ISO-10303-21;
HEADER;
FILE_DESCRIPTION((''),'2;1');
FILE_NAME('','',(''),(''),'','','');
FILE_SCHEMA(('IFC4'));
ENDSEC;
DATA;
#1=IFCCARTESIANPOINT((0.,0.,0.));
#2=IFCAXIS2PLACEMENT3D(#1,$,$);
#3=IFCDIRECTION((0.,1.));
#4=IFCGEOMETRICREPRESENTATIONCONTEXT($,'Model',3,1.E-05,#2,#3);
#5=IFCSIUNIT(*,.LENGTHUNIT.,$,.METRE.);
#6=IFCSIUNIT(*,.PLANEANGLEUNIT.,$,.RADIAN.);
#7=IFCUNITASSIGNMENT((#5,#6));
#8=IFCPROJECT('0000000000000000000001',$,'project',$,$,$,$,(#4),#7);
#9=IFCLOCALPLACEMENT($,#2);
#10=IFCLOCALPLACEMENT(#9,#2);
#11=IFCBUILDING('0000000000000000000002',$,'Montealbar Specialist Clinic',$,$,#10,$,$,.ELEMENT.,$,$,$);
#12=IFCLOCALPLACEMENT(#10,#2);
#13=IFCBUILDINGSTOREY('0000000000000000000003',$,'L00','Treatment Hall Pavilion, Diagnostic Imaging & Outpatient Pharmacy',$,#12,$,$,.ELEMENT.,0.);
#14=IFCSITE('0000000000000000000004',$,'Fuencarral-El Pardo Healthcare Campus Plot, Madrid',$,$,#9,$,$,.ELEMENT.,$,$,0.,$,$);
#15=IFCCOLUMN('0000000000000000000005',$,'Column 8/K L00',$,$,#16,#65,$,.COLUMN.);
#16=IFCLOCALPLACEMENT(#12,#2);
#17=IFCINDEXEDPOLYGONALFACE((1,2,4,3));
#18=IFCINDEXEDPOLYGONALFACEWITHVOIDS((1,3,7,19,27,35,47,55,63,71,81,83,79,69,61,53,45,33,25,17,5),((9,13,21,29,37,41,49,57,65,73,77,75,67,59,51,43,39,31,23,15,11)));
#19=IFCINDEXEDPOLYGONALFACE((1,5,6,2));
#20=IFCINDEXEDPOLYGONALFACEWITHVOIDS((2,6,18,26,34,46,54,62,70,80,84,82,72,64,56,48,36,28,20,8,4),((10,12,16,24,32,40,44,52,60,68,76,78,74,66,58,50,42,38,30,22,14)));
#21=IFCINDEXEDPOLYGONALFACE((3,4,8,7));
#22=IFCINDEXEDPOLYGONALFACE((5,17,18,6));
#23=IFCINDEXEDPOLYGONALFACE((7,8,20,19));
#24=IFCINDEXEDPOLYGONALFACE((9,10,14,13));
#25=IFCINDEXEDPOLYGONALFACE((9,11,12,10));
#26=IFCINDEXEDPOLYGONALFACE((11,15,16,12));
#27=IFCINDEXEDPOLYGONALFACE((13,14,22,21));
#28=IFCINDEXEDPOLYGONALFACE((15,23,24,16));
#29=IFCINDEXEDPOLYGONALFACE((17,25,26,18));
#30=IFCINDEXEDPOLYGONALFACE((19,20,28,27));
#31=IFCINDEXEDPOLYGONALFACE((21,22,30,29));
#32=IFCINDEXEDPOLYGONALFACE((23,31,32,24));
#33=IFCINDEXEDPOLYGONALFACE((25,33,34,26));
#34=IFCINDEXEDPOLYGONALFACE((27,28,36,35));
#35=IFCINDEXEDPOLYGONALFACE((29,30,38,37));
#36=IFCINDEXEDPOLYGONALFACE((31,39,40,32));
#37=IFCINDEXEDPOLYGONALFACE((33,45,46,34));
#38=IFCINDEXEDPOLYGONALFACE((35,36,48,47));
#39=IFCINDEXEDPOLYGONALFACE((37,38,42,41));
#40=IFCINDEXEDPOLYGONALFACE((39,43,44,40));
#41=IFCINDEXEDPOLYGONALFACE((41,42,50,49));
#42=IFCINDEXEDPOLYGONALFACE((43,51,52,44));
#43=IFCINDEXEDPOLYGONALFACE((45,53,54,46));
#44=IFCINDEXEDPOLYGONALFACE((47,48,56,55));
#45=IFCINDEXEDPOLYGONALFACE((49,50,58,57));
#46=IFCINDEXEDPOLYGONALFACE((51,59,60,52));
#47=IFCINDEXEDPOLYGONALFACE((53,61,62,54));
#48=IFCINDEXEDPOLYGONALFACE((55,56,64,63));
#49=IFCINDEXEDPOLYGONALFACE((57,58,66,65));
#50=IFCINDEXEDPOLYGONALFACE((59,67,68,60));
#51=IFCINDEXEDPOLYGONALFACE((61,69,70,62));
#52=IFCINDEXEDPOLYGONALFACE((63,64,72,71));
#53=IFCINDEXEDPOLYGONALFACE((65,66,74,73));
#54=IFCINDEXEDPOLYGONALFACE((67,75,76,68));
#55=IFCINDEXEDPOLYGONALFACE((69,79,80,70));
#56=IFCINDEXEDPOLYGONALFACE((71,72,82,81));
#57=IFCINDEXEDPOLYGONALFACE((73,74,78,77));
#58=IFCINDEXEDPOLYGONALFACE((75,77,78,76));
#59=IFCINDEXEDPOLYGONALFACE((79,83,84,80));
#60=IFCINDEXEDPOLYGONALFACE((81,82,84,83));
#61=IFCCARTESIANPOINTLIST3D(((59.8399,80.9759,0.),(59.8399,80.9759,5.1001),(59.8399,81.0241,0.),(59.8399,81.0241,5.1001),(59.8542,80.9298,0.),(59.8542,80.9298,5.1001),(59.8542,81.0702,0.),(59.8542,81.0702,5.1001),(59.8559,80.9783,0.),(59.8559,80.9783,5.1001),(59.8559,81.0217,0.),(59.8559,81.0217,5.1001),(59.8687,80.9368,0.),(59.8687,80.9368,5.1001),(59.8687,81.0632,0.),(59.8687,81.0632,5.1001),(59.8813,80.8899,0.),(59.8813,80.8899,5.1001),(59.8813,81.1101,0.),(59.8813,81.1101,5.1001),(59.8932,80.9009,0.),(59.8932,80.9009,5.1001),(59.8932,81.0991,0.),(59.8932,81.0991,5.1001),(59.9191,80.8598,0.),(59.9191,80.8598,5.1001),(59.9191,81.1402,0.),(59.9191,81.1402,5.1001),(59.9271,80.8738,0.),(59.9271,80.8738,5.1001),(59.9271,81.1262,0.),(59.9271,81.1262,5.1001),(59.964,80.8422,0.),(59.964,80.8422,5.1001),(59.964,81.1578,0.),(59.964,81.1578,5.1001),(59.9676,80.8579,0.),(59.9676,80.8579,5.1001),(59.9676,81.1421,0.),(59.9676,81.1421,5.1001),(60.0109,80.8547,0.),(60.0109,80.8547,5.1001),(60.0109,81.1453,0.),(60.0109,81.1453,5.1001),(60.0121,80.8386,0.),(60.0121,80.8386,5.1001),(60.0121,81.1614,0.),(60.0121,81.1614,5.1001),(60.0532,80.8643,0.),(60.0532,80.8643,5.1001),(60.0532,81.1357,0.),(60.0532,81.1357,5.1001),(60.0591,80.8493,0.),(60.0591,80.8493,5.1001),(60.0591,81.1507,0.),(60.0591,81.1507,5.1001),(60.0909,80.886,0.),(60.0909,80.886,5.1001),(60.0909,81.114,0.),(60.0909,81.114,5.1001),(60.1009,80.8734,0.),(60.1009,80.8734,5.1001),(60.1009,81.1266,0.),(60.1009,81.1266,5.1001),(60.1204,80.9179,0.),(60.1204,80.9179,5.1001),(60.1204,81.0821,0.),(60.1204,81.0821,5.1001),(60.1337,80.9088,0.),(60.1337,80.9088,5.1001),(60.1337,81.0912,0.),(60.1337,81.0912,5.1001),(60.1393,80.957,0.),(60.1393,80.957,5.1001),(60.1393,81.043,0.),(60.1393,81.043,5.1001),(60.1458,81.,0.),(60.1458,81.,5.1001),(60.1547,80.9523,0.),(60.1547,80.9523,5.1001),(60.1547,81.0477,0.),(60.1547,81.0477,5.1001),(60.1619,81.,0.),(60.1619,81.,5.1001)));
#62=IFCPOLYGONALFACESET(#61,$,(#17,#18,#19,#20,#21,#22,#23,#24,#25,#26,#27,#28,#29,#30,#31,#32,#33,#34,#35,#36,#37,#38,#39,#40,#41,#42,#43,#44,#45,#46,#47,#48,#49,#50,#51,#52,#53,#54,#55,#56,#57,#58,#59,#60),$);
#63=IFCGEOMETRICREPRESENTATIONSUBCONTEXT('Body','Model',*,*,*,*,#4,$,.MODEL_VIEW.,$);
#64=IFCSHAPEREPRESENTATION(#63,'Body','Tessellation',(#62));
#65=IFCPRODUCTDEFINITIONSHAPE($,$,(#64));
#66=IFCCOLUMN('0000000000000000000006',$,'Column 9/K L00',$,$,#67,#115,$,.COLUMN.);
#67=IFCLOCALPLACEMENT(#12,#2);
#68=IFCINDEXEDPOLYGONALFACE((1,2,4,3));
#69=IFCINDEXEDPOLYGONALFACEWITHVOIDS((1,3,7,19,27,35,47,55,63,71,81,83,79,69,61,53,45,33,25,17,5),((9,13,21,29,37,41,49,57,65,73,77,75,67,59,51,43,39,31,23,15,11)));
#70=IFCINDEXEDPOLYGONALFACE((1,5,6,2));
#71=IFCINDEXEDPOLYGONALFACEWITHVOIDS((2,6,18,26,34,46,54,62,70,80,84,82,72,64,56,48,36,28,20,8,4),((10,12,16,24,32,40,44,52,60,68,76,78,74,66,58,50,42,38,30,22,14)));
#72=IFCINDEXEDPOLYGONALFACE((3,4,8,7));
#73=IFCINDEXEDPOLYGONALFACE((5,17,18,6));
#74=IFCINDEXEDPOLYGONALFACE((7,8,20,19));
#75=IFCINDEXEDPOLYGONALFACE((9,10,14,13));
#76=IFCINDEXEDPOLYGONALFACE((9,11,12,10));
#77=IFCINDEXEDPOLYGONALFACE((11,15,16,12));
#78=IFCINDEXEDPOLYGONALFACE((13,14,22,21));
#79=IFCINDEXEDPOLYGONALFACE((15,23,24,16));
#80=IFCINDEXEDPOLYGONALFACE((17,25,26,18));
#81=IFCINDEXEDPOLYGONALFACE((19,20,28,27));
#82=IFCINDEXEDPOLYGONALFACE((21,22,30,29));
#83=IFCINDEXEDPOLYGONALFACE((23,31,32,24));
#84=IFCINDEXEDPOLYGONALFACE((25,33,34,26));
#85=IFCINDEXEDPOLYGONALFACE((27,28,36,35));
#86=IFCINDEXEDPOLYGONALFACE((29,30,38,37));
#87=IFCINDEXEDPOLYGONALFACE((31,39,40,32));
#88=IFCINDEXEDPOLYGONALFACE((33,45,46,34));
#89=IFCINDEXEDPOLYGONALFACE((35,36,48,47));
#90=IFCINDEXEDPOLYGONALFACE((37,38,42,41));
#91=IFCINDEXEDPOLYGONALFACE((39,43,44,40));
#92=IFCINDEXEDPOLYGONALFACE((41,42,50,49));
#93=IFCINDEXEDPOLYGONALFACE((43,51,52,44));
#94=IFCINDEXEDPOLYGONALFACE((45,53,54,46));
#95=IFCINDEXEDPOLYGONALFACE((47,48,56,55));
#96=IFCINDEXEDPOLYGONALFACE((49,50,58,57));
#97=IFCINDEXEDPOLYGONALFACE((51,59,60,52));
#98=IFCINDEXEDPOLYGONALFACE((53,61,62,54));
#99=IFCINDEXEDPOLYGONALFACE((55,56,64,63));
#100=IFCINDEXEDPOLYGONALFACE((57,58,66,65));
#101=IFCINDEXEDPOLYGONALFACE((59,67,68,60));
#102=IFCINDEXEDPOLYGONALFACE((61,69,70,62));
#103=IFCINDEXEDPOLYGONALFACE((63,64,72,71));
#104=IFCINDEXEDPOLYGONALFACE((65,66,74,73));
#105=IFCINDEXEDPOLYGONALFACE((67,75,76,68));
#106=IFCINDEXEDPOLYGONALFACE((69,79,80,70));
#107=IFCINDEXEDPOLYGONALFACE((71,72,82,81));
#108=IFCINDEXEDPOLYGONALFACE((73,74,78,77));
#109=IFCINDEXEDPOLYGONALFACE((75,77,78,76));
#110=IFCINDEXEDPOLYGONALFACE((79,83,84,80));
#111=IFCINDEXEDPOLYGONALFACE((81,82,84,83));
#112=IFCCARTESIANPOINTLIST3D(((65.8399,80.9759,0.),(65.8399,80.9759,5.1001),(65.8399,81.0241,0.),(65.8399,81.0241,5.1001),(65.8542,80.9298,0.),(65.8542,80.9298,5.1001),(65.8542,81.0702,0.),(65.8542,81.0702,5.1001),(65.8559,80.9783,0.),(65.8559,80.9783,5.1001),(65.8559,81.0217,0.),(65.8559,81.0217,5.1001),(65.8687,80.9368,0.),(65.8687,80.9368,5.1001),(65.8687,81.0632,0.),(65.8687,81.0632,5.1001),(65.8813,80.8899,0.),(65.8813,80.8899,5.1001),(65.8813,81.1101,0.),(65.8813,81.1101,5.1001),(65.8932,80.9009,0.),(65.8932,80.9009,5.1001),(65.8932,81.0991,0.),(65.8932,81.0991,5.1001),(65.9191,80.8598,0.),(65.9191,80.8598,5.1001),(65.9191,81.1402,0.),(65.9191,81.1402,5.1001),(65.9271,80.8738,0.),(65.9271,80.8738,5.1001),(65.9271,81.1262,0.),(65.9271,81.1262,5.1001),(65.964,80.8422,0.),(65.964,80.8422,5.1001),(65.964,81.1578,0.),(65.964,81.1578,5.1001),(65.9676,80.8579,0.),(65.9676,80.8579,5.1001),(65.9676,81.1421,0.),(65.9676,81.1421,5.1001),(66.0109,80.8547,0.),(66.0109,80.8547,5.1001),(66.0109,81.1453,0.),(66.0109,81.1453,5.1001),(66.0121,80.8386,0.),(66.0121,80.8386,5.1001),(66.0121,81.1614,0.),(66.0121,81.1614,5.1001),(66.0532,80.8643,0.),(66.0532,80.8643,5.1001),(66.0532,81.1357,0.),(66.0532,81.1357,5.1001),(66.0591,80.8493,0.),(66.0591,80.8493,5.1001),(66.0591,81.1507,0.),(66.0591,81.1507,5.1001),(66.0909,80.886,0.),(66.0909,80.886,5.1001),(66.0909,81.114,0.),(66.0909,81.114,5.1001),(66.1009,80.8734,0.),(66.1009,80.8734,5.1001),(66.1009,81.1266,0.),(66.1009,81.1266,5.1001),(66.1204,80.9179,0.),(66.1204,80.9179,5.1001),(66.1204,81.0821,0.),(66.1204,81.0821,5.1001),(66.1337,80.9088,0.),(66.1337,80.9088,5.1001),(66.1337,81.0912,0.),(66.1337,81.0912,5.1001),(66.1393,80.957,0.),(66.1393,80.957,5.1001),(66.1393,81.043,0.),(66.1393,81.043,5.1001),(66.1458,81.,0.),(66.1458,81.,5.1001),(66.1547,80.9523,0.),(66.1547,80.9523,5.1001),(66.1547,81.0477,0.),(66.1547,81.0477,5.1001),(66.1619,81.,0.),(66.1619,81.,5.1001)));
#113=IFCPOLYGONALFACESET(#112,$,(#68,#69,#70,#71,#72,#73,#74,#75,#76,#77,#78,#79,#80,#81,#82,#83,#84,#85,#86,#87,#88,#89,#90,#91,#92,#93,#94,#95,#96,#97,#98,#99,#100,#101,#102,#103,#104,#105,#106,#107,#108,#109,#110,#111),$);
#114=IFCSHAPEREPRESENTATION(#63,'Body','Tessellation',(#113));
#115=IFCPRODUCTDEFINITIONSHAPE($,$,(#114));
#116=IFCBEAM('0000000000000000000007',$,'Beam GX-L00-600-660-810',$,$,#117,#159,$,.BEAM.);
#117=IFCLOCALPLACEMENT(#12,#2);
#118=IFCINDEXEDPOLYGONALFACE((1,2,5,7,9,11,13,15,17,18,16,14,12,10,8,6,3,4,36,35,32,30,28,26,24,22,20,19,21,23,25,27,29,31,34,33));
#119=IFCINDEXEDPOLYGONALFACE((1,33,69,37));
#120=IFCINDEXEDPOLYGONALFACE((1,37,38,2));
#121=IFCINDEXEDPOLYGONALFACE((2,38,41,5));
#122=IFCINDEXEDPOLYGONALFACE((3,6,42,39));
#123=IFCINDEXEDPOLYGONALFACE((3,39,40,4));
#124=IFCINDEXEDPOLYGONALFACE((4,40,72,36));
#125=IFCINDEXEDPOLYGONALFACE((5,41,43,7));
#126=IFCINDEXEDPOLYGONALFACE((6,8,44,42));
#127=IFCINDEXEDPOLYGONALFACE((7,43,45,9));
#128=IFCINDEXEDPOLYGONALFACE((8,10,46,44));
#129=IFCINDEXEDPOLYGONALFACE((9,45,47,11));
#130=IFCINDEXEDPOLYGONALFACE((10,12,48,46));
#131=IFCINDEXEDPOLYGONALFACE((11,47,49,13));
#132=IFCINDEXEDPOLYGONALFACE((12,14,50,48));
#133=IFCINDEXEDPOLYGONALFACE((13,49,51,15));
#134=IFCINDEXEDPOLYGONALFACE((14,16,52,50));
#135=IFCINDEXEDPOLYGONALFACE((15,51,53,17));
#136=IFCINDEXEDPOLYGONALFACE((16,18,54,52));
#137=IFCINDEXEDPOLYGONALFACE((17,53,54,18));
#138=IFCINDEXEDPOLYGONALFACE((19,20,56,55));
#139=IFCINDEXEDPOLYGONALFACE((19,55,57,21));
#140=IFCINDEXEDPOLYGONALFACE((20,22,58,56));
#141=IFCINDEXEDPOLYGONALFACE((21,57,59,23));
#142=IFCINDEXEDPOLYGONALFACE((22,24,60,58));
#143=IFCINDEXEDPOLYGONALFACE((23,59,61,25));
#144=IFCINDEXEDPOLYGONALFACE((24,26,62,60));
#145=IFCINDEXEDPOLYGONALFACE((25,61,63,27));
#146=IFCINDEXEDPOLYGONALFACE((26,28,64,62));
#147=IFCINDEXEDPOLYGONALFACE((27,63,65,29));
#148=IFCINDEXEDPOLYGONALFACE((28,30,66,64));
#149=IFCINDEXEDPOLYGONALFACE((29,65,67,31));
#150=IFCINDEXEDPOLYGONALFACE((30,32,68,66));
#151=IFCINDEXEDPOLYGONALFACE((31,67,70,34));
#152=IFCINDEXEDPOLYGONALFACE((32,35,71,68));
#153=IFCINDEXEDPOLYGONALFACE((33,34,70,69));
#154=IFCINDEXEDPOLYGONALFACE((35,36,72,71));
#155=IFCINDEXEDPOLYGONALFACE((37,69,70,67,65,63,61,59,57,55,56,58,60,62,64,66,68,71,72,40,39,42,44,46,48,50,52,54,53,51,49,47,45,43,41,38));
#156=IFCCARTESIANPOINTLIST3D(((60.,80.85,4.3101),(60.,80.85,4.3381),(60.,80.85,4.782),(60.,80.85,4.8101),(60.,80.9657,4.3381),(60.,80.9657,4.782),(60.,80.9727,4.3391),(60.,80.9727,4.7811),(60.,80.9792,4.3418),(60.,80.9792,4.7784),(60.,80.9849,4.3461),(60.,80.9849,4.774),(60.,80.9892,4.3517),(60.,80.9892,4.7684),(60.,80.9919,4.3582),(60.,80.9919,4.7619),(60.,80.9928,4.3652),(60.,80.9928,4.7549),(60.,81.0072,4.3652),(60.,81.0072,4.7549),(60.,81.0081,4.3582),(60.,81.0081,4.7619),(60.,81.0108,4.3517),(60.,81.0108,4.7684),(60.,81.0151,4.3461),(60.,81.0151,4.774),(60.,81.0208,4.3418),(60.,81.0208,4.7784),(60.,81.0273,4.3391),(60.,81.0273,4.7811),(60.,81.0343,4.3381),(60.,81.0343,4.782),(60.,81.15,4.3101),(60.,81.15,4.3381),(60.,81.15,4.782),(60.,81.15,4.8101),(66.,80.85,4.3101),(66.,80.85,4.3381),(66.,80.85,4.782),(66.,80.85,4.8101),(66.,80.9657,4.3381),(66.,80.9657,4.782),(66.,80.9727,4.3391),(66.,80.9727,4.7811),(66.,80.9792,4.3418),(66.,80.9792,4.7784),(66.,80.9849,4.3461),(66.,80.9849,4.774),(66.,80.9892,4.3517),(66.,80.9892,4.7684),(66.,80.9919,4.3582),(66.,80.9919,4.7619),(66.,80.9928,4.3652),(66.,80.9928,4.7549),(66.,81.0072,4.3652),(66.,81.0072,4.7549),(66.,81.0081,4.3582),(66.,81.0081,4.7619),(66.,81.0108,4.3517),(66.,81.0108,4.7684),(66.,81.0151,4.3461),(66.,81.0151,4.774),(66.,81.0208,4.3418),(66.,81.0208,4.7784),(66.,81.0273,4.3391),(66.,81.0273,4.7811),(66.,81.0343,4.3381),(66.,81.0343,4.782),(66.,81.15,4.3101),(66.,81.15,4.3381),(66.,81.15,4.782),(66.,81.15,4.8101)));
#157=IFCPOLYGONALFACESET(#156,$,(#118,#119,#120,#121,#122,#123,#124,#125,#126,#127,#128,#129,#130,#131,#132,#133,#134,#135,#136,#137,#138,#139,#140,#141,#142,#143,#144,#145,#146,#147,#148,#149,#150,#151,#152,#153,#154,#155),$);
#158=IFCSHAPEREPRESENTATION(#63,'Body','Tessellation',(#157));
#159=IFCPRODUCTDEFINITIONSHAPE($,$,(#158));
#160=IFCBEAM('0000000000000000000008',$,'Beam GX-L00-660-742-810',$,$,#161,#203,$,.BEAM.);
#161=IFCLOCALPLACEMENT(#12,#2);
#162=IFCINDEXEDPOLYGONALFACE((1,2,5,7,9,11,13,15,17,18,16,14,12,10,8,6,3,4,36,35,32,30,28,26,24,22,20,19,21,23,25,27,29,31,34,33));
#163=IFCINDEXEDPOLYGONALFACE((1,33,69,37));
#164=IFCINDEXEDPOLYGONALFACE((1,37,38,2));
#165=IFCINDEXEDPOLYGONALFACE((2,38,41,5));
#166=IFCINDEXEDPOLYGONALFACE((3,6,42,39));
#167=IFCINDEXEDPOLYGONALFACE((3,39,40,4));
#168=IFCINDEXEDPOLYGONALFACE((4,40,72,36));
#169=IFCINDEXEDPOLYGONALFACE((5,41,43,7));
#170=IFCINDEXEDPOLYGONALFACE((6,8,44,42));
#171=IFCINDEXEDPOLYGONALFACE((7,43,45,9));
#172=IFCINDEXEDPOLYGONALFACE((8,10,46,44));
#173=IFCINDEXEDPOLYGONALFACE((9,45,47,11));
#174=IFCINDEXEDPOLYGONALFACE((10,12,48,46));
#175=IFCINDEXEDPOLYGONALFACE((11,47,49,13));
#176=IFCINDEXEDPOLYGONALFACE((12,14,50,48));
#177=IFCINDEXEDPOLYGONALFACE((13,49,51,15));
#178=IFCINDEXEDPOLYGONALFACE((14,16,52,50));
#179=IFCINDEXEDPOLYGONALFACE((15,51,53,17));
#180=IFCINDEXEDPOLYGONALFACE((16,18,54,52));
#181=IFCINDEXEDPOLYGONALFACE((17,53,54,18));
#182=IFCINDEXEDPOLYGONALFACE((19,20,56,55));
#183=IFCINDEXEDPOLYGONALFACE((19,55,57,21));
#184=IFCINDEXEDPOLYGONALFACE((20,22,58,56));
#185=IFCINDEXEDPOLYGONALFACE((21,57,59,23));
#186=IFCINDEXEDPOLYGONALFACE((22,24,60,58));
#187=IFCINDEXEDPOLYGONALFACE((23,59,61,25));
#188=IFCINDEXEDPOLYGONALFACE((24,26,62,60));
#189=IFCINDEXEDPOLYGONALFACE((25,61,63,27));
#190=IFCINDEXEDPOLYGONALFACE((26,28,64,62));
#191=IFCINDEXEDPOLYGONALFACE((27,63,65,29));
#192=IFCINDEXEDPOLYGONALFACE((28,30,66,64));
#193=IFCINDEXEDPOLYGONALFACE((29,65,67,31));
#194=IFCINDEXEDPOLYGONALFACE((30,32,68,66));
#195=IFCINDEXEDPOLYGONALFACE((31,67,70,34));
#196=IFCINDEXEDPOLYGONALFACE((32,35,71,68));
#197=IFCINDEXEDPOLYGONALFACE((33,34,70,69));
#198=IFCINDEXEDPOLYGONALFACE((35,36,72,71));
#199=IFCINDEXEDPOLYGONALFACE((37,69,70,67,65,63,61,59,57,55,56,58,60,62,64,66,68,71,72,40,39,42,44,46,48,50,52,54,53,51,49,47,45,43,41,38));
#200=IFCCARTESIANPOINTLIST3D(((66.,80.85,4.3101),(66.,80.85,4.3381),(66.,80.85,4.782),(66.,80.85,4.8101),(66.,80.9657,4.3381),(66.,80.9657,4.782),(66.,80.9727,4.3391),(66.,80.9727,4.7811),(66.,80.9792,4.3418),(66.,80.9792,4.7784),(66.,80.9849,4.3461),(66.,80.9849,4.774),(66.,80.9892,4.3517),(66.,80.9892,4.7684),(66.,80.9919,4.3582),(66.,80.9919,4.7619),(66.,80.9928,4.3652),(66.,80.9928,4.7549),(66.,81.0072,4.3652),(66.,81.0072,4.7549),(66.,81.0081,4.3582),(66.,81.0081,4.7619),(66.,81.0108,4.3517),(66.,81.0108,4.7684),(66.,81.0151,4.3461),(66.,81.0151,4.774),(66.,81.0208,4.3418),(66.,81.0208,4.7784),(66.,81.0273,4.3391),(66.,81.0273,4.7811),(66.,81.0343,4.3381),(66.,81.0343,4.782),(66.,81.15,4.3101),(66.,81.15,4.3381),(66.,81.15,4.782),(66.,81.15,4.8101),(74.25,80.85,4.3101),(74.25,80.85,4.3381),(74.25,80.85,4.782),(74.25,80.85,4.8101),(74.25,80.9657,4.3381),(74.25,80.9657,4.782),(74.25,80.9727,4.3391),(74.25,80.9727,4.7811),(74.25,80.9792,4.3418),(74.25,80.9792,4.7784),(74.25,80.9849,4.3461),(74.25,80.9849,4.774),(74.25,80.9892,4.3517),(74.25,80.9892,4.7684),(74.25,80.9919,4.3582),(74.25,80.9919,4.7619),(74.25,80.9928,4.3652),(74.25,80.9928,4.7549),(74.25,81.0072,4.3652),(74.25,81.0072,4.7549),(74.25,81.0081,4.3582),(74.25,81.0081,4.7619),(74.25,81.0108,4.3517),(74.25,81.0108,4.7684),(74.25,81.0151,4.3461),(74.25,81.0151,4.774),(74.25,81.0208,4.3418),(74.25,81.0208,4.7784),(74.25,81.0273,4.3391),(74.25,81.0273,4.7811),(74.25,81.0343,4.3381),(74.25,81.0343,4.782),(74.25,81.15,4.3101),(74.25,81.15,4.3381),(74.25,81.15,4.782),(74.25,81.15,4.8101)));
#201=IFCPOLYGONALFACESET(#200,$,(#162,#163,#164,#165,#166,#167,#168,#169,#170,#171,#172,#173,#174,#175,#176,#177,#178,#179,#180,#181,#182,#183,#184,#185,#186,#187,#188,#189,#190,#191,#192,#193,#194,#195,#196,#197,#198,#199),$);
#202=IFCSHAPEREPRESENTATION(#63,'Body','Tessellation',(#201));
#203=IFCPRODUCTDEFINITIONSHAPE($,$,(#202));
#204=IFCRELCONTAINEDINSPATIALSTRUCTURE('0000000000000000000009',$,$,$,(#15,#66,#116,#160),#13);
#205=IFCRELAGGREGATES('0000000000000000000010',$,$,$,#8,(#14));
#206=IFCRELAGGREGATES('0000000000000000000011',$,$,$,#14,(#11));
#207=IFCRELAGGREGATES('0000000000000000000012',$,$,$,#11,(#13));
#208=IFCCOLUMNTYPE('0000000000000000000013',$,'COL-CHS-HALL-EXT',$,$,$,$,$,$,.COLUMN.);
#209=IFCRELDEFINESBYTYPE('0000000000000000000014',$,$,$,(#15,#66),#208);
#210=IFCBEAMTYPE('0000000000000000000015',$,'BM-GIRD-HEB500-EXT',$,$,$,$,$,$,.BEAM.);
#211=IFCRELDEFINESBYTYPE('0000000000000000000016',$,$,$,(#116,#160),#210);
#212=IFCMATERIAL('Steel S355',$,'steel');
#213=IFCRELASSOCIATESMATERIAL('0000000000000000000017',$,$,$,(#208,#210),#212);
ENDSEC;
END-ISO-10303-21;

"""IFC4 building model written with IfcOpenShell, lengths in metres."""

from ifc_helpers import new_model, si_unit, direction, frame, origin, origin_2d, place, context, subcontext, project, spatial, hollow_circle, i_section, extrude, material, material_profile, profile_set, type_object, element, save


model = new_model("IFC4")

# Units and contexts
model_context = context("Model", 3, precision=1e-05, world=origin(), true_north=direction((0.0, 1.0)))
body_context = subcontext(model_context, "Body", "Model", "MODEL_VIEW")
ifc_project = project(units=[si_unit("LENGTHUNIT", "METRE"), si_unit("PLANEANGLEUNIT", "RADIAN")], contexts=[model_context])

# Site, building, storey
site_placement = place(None, origin())
site = spatial("IfcSite", under=ifc_project, at=site_placement, Name="Fuencarral-El Pardo Healthcare Campus Plot, Madrid", CompositionType="ELEMENT", RefElevation=0.0)
building_placement = place(site_placement, origin())
building = spatial("IfcBuilding", under=site, at=building_placement, Name="Montealbar Specialist Clinic", CompositionType="ELEMENT")
storey_placement = place(building_placement, origin())
storey = spatial("IfcBuildingStorey", under=building, at=storey_placement, Name="L00", Description="Treatment Hall Pavilion, Diagnostic Imaging & Outpatient Pharmacy", CompositionType="ELEMENT", Elevation=0.0)

# Columns
ifc_material_1 = material(Name="Steel S355", Category="steel")
ifc_material_profile_1 = material_profile(ifc_material_1, hollow_circle(Radius=0.1619, WallThickness=0.0161, at=origin_2d()), Name="CHS 323.9x16.0", Category="steel")
ifc_profile_set_1 = profile_set([ifc_material_profile_1], Name="Steel S355")
column_type = type_object("IfcColumnType", Name="COL-CHS-HALL-EXT", PredefinedType="COLUMN", material=ifc_profile_set_1)
for number, where, z_axis, x_axis, name in (
    (1, (60.0, 81.0, 0.0), (0.0, 0.0, 1.0), (1.0, 0.0, 0.0), "Column 8/K L00"),
    (2, (66.0, 81.0, 0.0), (0.0, 0.0, 1.0), (1.0, 0.0, 0.0), "Column 9/K L00"),
):
    element("IfcColumn", number, at=place(storey_placement, frame(where, z_axis=z_axis, x_axis=x_axis)), inside=storey, type_object=column_type, Name=name, PredefinedType="COLUMN", context=body_context, shape_type="SweptSolid", body=[
        extrude(hollow_circle(Radius=0.1619, WallThickness=0.0161, at=origin_2d()), origin(), (0.0, 0.0, 1.0), 5.1001),
    ])

# Beams
ifc_material_profile_2 = material_profile(ifc_material_1, i_section(OverallWidth=0.3, OverallDepth=0.5, WebThickness=0.0144, FlangeThickness=0.0281, FilletRadius=0.0271, at=origin_2d()), Name="HEB 500", Category="steel")
ifc_profile_set_2 = profile_set([ifc_material_profile_2], Name="Steel S355")
beam_type = type_object("IfcBeamType", Name="BM-GIRD-HEB500-EXT", PredefinedType="BEAM", material=ifc_profile_set_2)
beam_1_placement = place(storey_placement, frame((60.0, 81.0, 4.5601), z_axis=(1.0, 0.0, 0.0), x_axis=(0.0, 1.0, 0.0)))
element("IfcBeam", 3, at=beam_1_placement, inside=storey, type_object=beam_type, Name="Beam GX-L00-600-660-810", PredefinedType="BEAM", context=body_context, shape_type="SweptSolid", body=[
    extrude(i_section(OverallWidth=0.3, OverallDepth=0.5, WebThickness=0.0144, FlangeThickness=0.0281, FilletRadius=0.0271, at=origin_2d()), origin(), (0.0, 0.0, 1.0), 6.0),
])
beam_2_placement = place(storey_placement, frame((66.0, 81.0, 4.5601), z_axis=(1.0, 0.0, 0.0), x_axis=(0.0, 1.0, 0.0)))
element("IfcBeam", 4, at=beam_2_placement, inside=storey, type_object=beam_type, Name="Beam GX-L00-660-742-810", PredefinedType="BEAM", context=body_context, shape_type="SweptSolid", body=[
    extrude(i_section(OverallWidth=0.3, OverallDepth=0.5, WebThickness=0.0144, FlangeThickness=0.0281, FilletRadius=0.0271, at=origin_2d()), origin(), (0.0, 0.0, 1.0), 8.25),
])

save(model, "model.ifc")
